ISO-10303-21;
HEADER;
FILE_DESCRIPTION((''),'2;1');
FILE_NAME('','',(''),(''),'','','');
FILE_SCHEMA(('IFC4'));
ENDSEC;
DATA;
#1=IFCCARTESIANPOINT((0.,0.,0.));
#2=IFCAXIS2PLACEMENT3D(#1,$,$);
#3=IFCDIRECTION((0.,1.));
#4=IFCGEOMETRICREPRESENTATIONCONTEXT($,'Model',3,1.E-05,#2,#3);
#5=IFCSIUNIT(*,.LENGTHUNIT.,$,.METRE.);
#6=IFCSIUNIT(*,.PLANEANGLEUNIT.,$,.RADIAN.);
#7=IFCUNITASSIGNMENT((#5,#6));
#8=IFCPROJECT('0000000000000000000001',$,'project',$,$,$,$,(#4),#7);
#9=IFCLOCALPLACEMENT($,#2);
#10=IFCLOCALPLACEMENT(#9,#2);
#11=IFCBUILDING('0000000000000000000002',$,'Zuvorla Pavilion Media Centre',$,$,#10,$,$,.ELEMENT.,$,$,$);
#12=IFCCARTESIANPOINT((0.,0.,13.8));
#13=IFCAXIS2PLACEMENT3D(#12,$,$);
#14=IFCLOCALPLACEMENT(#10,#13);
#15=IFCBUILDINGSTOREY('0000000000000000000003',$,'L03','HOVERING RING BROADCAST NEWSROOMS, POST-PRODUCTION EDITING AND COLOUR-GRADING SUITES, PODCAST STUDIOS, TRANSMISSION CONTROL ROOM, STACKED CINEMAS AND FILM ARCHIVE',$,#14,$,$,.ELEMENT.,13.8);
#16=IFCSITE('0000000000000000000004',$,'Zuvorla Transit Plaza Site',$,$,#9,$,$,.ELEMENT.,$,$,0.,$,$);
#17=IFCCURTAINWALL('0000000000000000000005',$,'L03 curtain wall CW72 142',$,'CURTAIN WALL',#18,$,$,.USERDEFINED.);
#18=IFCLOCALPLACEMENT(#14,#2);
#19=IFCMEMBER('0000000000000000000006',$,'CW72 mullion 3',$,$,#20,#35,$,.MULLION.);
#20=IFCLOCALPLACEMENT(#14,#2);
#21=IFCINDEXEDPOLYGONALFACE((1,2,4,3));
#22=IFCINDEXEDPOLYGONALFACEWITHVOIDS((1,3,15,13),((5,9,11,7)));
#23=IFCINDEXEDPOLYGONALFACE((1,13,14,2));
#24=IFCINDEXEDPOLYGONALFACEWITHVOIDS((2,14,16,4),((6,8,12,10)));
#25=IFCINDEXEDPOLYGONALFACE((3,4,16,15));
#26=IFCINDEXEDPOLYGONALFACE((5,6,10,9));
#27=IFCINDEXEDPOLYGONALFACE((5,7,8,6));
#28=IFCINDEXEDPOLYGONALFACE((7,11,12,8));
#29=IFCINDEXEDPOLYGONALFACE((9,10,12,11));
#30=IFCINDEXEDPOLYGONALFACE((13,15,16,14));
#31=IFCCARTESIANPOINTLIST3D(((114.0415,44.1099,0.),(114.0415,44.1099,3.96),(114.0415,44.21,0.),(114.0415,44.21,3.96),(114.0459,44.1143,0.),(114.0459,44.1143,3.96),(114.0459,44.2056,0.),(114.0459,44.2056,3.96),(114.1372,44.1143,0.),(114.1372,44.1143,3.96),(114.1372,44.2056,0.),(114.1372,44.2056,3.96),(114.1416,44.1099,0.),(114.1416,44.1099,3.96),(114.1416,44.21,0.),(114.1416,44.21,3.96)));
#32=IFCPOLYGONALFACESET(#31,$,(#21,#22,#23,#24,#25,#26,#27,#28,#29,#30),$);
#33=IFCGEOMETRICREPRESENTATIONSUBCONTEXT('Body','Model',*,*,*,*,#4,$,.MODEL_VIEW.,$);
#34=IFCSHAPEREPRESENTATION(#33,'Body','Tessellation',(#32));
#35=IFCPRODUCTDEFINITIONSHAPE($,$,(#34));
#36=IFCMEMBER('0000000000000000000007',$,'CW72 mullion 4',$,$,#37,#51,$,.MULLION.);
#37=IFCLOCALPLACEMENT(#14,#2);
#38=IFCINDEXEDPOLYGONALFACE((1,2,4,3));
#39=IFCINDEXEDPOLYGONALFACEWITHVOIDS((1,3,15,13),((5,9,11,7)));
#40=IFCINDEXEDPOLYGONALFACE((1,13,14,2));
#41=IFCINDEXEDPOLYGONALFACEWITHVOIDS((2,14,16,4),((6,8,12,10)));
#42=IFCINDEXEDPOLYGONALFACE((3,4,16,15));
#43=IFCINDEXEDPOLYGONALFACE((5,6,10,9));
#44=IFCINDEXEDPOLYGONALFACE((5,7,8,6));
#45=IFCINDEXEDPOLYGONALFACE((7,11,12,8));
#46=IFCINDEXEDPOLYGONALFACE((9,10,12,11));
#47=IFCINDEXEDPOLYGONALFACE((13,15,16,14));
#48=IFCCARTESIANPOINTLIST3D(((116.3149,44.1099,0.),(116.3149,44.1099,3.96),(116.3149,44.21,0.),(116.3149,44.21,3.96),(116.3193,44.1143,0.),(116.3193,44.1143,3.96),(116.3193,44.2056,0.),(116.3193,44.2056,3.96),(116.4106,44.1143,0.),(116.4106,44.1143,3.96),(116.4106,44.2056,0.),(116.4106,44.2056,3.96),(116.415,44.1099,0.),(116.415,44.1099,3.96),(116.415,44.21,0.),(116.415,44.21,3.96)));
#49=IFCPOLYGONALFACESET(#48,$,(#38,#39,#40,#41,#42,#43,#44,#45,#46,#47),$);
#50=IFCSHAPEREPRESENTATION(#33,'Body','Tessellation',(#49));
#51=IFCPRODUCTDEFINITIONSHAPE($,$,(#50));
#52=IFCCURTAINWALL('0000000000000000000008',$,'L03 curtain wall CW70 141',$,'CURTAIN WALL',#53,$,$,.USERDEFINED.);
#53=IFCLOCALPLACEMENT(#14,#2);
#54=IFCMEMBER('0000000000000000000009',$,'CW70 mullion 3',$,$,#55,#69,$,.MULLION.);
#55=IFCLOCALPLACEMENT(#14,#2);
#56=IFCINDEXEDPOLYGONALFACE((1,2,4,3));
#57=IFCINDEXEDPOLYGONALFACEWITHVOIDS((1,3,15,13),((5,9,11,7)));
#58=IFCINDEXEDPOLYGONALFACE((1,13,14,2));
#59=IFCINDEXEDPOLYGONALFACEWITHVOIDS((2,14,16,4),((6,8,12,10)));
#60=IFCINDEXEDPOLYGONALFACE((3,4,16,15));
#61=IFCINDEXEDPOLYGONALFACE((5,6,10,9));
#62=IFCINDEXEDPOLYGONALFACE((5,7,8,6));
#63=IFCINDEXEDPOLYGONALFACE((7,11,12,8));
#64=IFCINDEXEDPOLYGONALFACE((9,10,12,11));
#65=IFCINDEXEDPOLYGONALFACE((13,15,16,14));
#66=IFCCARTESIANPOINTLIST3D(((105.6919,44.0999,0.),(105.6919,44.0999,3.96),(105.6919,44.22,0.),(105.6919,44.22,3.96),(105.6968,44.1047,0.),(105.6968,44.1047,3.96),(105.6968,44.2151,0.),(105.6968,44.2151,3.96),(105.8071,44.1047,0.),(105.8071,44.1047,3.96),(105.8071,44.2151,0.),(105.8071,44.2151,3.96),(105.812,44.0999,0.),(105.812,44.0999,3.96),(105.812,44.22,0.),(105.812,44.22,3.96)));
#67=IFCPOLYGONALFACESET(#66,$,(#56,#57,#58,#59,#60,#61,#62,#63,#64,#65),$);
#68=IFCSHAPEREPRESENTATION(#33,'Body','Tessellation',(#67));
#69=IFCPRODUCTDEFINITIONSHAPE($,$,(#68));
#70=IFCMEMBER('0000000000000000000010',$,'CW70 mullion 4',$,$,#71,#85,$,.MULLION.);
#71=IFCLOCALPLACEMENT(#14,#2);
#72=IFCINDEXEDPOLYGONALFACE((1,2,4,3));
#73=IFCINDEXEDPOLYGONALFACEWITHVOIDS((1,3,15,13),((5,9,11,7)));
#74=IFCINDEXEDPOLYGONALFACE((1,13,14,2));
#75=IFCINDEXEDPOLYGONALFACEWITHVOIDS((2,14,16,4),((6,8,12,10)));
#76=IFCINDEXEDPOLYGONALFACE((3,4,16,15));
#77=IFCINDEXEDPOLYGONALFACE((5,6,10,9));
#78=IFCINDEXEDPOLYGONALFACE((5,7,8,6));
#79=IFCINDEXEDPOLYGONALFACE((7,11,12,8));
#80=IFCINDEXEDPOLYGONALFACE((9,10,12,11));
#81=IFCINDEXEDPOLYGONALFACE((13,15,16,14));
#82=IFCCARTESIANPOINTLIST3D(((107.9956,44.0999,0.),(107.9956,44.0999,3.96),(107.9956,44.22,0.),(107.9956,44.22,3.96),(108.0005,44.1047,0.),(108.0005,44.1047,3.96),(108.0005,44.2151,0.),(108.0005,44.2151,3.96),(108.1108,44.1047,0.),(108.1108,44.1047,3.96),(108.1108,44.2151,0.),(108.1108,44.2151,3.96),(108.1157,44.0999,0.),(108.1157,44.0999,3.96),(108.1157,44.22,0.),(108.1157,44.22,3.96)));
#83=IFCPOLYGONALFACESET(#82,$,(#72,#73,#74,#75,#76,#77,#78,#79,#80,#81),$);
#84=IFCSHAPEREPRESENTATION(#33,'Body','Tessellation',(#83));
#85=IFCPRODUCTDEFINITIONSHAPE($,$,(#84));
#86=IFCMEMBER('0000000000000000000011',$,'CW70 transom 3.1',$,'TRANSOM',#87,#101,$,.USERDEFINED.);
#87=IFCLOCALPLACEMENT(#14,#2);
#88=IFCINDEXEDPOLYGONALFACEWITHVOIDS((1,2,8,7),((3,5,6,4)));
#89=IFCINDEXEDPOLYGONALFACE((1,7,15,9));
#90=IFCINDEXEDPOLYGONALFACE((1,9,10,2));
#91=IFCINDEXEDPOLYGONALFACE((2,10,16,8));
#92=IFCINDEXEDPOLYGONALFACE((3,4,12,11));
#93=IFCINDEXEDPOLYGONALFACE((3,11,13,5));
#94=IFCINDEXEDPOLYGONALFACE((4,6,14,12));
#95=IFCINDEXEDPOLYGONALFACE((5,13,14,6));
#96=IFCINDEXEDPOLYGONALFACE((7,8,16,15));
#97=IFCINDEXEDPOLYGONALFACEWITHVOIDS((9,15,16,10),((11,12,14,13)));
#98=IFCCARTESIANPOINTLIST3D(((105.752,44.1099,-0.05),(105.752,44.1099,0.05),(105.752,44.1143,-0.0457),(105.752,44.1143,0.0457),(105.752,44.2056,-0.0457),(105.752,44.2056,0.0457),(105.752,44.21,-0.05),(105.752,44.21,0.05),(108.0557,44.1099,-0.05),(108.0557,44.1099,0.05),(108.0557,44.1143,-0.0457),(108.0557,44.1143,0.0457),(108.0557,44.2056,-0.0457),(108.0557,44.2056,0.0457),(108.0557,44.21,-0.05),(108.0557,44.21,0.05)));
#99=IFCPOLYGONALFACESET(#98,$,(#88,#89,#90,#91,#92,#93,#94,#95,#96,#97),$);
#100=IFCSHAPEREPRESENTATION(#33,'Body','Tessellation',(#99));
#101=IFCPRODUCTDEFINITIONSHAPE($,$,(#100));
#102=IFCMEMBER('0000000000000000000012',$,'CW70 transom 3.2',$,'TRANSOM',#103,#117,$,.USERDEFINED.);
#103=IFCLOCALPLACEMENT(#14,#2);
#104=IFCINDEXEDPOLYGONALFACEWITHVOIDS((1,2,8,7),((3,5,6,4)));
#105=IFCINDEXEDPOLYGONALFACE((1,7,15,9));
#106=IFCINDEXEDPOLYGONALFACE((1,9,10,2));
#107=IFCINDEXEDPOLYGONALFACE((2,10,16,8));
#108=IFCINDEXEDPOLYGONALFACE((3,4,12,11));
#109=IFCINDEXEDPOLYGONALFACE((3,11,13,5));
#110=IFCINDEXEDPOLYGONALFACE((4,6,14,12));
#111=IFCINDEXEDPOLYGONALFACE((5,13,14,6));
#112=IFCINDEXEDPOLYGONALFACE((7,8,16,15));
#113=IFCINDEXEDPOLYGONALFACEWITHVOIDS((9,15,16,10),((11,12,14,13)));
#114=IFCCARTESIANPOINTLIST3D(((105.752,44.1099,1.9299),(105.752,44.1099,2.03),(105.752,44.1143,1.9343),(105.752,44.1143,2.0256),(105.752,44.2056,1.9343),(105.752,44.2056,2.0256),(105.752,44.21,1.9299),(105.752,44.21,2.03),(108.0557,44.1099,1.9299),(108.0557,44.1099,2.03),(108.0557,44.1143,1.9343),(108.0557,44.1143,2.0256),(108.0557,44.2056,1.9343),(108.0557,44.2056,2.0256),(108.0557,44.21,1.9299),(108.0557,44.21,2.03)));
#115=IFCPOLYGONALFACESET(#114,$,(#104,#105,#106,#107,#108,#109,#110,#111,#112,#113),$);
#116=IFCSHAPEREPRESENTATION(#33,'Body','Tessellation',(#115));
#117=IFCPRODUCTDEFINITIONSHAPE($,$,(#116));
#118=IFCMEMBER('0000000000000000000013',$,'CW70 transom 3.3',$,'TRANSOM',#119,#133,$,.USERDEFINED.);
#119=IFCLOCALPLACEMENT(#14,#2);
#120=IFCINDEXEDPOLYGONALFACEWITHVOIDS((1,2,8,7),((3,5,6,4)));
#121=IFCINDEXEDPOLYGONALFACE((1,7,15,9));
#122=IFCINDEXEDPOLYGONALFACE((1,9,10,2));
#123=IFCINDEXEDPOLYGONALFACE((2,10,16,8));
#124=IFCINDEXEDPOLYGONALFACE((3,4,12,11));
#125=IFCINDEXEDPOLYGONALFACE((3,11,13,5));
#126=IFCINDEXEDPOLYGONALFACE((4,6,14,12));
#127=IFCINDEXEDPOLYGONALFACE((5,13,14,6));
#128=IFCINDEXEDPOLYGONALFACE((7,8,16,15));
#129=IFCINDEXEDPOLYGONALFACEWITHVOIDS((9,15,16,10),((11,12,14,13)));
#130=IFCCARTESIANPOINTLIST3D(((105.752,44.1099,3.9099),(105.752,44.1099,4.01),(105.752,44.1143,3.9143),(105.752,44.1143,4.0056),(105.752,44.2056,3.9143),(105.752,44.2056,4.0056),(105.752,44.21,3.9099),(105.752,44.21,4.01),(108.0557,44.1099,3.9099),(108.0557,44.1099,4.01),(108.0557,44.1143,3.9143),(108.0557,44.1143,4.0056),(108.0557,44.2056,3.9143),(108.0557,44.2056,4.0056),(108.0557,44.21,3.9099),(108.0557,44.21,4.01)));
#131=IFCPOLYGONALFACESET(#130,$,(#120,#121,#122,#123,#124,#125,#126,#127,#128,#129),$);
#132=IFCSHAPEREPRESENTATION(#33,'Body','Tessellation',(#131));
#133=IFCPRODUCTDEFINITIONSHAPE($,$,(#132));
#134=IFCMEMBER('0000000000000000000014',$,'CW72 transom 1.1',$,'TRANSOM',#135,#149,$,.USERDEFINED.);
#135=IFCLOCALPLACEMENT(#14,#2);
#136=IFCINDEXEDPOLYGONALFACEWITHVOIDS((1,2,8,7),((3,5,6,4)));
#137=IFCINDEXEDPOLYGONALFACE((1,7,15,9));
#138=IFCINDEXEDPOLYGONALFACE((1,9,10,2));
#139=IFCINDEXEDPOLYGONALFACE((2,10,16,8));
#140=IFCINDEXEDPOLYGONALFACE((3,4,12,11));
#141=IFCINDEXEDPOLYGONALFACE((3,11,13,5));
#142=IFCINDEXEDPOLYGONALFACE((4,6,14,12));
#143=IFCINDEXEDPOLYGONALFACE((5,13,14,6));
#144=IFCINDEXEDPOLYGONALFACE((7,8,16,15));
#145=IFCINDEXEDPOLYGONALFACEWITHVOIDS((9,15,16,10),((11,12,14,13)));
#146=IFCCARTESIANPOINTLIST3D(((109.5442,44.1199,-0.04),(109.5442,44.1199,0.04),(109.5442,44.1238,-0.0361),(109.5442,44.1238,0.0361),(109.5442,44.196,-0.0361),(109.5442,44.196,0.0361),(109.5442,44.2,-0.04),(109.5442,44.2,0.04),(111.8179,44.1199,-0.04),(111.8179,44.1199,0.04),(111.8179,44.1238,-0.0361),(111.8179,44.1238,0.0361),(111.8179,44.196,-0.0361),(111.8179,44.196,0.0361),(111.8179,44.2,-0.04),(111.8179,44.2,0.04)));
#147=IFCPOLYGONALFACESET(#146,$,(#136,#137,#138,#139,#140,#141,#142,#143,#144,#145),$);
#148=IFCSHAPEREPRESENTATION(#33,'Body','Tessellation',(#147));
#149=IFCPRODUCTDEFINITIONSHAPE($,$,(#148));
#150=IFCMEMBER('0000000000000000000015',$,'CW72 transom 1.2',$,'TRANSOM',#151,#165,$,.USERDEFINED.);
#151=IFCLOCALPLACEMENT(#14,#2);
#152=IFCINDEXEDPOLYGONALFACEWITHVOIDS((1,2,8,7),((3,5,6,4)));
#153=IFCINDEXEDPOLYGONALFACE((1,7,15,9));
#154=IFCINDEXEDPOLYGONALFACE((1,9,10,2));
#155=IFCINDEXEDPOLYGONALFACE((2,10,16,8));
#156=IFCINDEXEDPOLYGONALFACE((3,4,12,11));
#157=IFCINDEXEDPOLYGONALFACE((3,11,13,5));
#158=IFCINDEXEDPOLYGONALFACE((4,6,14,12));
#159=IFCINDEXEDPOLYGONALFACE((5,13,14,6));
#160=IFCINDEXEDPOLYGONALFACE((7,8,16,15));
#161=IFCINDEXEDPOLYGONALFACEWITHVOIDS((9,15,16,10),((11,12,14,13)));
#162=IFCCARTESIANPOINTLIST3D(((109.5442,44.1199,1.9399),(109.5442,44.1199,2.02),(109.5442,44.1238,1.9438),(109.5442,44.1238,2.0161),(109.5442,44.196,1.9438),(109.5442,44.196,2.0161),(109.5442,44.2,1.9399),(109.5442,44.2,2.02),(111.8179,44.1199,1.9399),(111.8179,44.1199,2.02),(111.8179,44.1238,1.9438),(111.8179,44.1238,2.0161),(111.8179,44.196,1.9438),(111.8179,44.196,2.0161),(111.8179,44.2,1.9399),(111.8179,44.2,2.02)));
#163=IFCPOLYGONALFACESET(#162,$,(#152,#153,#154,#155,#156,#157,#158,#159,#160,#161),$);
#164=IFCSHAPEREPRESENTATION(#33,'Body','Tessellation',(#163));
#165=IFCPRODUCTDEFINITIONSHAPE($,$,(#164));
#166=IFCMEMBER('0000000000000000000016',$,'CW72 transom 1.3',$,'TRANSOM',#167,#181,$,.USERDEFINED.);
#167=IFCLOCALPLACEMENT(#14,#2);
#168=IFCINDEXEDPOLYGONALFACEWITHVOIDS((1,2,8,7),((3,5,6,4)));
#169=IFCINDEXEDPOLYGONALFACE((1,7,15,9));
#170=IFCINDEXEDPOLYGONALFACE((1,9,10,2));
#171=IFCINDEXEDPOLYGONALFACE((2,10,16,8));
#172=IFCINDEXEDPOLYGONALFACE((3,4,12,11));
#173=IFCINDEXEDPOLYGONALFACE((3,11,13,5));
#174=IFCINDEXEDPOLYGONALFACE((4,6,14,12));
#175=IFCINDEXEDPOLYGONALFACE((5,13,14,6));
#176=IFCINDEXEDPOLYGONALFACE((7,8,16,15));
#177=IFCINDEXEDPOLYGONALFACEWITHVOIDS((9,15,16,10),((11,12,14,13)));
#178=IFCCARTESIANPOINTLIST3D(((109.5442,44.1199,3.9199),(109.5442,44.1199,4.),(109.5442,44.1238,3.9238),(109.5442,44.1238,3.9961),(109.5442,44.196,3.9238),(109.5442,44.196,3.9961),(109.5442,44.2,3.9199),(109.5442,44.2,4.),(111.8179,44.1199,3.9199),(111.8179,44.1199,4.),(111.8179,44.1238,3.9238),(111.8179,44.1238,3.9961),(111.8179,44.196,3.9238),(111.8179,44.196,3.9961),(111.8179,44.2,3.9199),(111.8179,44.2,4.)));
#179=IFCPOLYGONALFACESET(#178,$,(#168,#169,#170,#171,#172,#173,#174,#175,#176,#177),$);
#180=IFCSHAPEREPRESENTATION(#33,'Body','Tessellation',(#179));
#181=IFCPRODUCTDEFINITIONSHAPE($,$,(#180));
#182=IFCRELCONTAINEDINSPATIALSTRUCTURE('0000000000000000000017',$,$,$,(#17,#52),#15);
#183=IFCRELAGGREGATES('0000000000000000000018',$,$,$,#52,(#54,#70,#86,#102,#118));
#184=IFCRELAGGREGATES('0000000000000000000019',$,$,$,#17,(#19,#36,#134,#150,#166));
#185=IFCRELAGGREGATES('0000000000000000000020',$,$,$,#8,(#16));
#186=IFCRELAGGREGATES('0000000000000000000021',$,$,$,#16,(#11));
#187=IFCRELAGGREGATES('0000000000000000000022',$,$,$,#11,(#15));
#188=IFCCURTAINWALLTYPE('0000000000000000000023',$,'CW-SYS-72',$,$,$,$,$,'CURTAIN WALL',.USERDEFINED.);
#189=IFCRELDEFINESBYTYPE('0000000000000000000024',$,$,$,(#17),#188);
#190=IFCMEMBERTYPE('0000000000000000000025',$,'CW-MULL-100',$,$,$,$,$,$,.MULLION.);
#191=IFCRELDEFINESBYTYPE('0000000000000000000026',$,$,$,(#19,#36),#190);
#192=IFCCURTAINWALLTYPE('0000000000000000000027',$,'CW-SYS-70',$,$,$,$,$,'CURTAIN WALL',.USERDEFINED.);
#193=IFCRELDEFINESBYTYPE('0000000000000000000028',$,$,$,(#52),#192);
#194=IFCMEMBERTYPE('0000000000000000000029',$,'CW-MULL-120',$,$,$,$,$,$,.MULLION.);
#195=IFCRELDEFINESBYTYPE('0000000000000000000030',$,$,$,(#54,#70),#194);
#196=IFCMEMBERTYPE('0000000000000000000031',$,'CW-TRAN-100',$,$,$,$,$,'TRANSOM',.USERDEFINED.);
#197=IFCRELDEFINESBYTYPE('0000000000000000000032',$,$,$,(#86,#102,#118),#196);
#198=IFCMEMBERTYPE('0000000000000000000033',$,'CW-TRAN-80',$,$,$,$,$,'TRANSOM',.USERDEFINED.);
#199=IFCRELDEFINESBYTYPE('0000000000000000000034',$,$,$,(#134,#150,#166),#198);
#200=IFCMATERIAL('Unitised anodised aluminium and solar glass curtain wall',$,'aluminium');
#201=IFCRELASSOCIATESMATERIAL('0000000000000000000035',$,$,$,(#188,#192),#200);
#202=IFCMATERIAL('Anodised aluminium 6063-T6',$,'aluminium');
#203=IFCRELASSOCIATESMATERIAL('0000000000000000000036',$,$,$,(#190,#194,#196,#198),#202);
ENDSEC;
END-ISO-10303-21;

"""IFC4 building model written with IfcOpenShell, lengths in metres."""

from ifc_helpers import new_model, si_unit, direction, frame, origin, origin_2d, place, context, subcontext, project, spatial, hollow_rectangle, extrude, material, material_profile, profile_set, type_object, element, aggregate, save


model = new_model("IFC4")

# Units and contexts
model_context = context("Model", 3, precision=1e-05, world=origin(), true_north=direction((0.0, 1.0)))
body_context = subcontext(model_context, "Body", "Model", "MODEL_VIEW")
ifc_project = project(units=[si_unit("LENGTHUNIT", "METRE"), si_unit("PLANEANGLEUNIT", "RADIAN")], contexts=[model_context])

# Site, building, storey
site_placement = place(None, origin())
site = spatial("IfcSite", under=ifc_project, at=site_placement, Name="Zuvorla Transit Plaza Site", CompositionType="ELEMENT", RefElevation=0.0)
building_placement = place(site_placement, origin())
building = spatial("IfcBuilding", under=site, at=building_placement, Name="Zuvorla Pavilion Media Centre", CompositionType="ELEMENT")
storey_placement = place(building_placement, frame((0.0, 0.0, 13.8)))
storey = spatial("IfcBuildingStorey", under=building, at=storey_placement, Name="L03", Description="HOVERING RING BROADCAST NEWSROOMS, POST-PRODUCTION EDITING AND COLOUR-GRADING SUITES, PODCAST STUDIOS, TRANSMISSION CONTROL ROOM, STACKED CINEMAS AND FILM ARCHIVE", CompositionType="ELEMENT", Elevation=13.8)

# Curtain walls, members
ifc_material_1 = material(Name="Unitised anodised aluminium and solar glass curtain wall", Category="aluminium")
curtain_wall_type_1 = type_object("IfcCurtainWallType", Name="CW-SYS-72", ElementType="CURTAIN WALL", PredefinedType="USERDEFINED", material=ifc_material_1)
curtain_wall_1_placement = place(storey_placement, origin())
curtain_wall_1 = element("IfcCurtainWall", 1, at=curtain_wall_1_placement, inside=storey, type_object=curtain_wall_type_1, Name="L03 curtain wall CW72 142", ObjectType="CURTAIN WALL", PredefinedType="USERDEFINED")
ifc_material_2 = material(Name="Anodised aluminium 6063-T6", Category="aluminium")
ifc_material_profile_1 = material_profile(ifc_material_2, hollow_rectangle(XDim=0.1001, YDim=0.1001, WallThickness=0.0044, at=origin_2d()), Name="ALU MULL 100x100")
ifc_profile_set_1 = profile_set([ifc_material_profile_1], Name="Anodised aluminium 6063-T6")
member_type_1 = type_object("IfcMemberType", Name="CW-MULL-100", PredefinedType="MULLION", material=ifc_profile_set_1)
member_1_placement = place(storey_placement, frame((114.0916, 44.1599, 0.0), z_axis=(0.0, 0.0, 1.0), x_axis=(1.0, 0.0, 0.0)))
member_1 = element("IfcMember", 2, at=member_1_placement, type_object=member_type_1, Name="CW72 mullion 3", PredefinedType="MULLION", context=body_context, shape_type="SweptSolid", body=[
    extrude(hollow_rectangle(XDim=0.1001, YDim=0.1001, WallThickness=0.0044, at=origin_2d()), origin(), (0.0, 0.0, 1.0), 3.96),
])
member_2_placement = place(storey_placement, frame((116.365, 44.1599, 0.0), z_axis=(0.0, 0.0, 1.0), x_axis=(1.0, 0.0, 0.0)))
member_2 = element("IfcMember", 3, at=member_2_placement, type_object=member_type_1, Name="CW72 mullion 4", PredefinedType="MULLION", context=body_context, shape_type="SweptSolid", body=[
    extrude(hollow_rectangle(XDim=0.1001, YDim=0.1001, WallThickness=0.0044, at=origin_2d()), origin(), (0.0, 0.0, 1.0), 3.96),
])
curtain_wall_type_2 = type_object("IfcCurtainWallType", Name="CW-SYS-70", ElementType="CURTAIN WALL", PredefinedType="USERDEFINED", material=ifc_material_1)
curtain_wall_2_placement = place(storey_placement, origin())
curtain_wall_2 = element("IfcCurtainWall", 4, at=curtain_wall_2_placement, inside=storey, type_object=curtain_wall_type_2, Name="L03 curtain wall CW70 141", ObjectType="CURTAIN WALL", PredefinedType="USERDEFINED")
ifc_material_profile_2 = material_profile(ifc_material_2, hollow_rectangle(XDim=0.1201, YDim=0.1201, WallThickness=0.0049, at=origin_2d()), Name="ALU MULL 120x120")
ifc_profile_set_2 = profile_set([ifc_material_profile_2], Name="Anodised aluminium 6063-T6")
member_type_2 = type_object("IfcMemberType", Name="CW-MULL-120", PredefinedType="MULLION", material=ifc_profile_set_2)
member_3_placement = place(storey_placement, frame((105.752, 44.1599, 0.0), z_axis=(0.0, 0.0, 1.0), x_axis=(1.0, 0.0, 0.0)))
member_3 = element("IfcMember", 5, at=member_3_placement, type_object=member_type_2, Name="CW70 mullion 3", PredefinedType="MULLION", context=body_context, shape_type="SweptSolid", body=[
    extrude(hollow_rectangle(XDim=0.1201, YDim=0.1201, WallThickness=0.0049, at=origin_2d()), origin(), (0.0, 0.0, 1.0), 3.96),
])
member_4_placement = place(storey_placement, frame((108.0557, 44.1599, 0.0), z_axis=(0.0, 0.0, 1.0), x_axis=(1.0, 0.0, 0.0)))
member_4 = element("IfcMember", 6, at=member_4_placement, type_object=member_type_2, Name="CW70 mullion 4", PredefinedType="MULLION", context=body_context, shape_type="SweptSolid", body=[
    extrude(hollow_rectangle(XDim=0.1201, YDim=0.1201, WallThickness=0.0049, at=origin_2d()), origin(), (0.0, 0.0, 1.0), 3.96),
])
ifc_material_profile_3 = material_profile(ifc_material_2, hollow_rectangle(XDim=0.1001, YDim=0.1001, WallThickness=0.0044, at=origin_2d()), Name="ALU TRAN 100x100")
ifc_profile_set_3 = profile_set([ifc_material_profile_3], Name="Anodised aluminium 6063-T6")
member_type_3 = type_object("IfcMemberType", Name="CW-TRAN-100", ElementType="TRANSOM", PredefinedType="USERDEFINED", material=ifc_profile_set_3)
member_5_placement = place(storey_placement, frame((105.752, 44.1599, 0.0), z_axis=(1.0, 0.0, 0.0), x_axis=(0.0, 1.0, 0.0)))
member_5 = element("IfcMember", 7, at=member_5_placement, type_object=member_type_3, Name="CW70 transom 3.1", ObjectType="TRANSOM", PredefinedType="USERDEFINED", context=body_context, shape_type="SweptSolid", body=[
    extrude(hollow_rectangle(XDim=0.1001, YDim=0.1001, WallThickness=0.0044, at=origin_2d()), origin(), (0.0, 0.0, 1.0), 2.3037),
])
member_6_placement = place(storey_placement, frame((105.752, 44.1599, 1.98), z_axis=(1.0, 0.0, 0.0), x_axis=(0.0, 1.0, 0.0)))
member_6 = element("IfcMember", 8, at=member_6_placement, type_object=member_type_3, Name="CW70 transom 3.2", ObjectType="TRANSOM", PredefinedType="USERDEFINED", context=body_context, shape_type="SweptSolid", body=[
    extrude(hollow_rectangle(XDim=0.1001, YDim=0.1001, WallThickness=0.0044, at=origin_2d()), origin(), (0.0, 0.0, 1.0), 2.3037),
])
member_7_placement = place(storey_placement, frame((105.752, 44.1599, 3.96), z_axis=(1.0, 0.0, 0.0), x_axis=(0.0, 1.0, 0.0)))
member_7 = element("IfcMember", 9, at=member_7_placement, type_object=member_type_3, Name="CW70 transom 3.3", ObjectType="TRANSOM", PredefinedType="USERDEFINED", context=body_context, shape_type="SweptSolid", body=[
    extrude(hollow_rectangle(XDim=0.1001, YDim=0.1001, WallThickness=0.0044, at=origin_2d()), origin(), (0.0, 0.0, 1.0), 2.3037),
])

# Members
ifc_material_profile_4 = material_profile(ifc_material_2, hollow_rectangle(XDim=0.0801, YDim=0.0801, WallThickness=0.0039, at=origin_2d()), Name="ALU TRAN 80x80")
ifc_profile_set_4 = profile_set([ifc_material_profile_4], Name="Anodised aluminium 6063-T6")
member_type_4 = type_object("IfcMemberType", Name="CW-TRAN-80", ElementType="TRANSOM", PredefinedType="USERDEFINED", material=ifc_profile_set_4)
member_8_placement = place(storey_placement, frame((109.5442, 44.1599, 0.0), z_axis=(1.0, 0.0, 0.0), x_axis=(0.0, 1.0, 0.0)))
member_8 = element("IfcMember", 10, at=member_8_placement, type_object=member_type_4, Name="CW72 transom 1.1", ObjectType="TRANSOM", PredefinedType="USERDEFINED", context=body_context, shape_type="SweptSolid", body=[
    extrude(hollow_rectangle(XDim=0.0801, YDim=0.0801, WallThickness=0.0039, at=origin_2d()), origin(), (0.0, 0.0, 1.0), 2.2737),
])
member_9_placement = place(storey_placement, frame((109.5442, 44.1599, 1.98), z_axis=(1.0, 0.0, 0.0), x_axis=(0.0, 1.0, 0.0)))
member_9 = element("IfcMember", 11, at=member_9_placement, type_object=member_type_4, Name="CW72 transom 1.2", ObjectType="TRANSOM", PredefinedType="USERDEFINED", context=body_context, shape_type="SweptSolid", body=[
    extrude(hollow_rectangle(XDim=0.0801, YDim=0.0801, WallThickness=0.0039, at=origin_2d()), origin(), (0.0, 0.0, 1.0), 2.2737),
])
member_10_placement = place(storey_placement, frame((109.5442, 44.1599, 3.96), z_axis=(1.0, 0.0, 0.0), x_axis=(0.0, 1.0, 0.0)))
member_10 = element("IfcMember", 12, at=member_10_placement, type_object=member_type_4, Name="CW72 transom 1.3", ObjectType="TRANSOM", PredefinedType="USERDEFINED", context=body_context, shape_type="SweptSolid", body=[
    extrude(hollow_rectangle(XDim=0.0801, YDim=0.0801, WallThickness=0.0039, at=origin_2d()), origin(), (0.0, 0.0, 1.0), 2.2737),
])

aggregate(curtain_wall_2, [member_3, member_4, member_5, member_6, member_7])

aggregate(curtain_wall_1, [member_1, member_2, member_8, member_9, member_10])

save(model, "model.ifc")
